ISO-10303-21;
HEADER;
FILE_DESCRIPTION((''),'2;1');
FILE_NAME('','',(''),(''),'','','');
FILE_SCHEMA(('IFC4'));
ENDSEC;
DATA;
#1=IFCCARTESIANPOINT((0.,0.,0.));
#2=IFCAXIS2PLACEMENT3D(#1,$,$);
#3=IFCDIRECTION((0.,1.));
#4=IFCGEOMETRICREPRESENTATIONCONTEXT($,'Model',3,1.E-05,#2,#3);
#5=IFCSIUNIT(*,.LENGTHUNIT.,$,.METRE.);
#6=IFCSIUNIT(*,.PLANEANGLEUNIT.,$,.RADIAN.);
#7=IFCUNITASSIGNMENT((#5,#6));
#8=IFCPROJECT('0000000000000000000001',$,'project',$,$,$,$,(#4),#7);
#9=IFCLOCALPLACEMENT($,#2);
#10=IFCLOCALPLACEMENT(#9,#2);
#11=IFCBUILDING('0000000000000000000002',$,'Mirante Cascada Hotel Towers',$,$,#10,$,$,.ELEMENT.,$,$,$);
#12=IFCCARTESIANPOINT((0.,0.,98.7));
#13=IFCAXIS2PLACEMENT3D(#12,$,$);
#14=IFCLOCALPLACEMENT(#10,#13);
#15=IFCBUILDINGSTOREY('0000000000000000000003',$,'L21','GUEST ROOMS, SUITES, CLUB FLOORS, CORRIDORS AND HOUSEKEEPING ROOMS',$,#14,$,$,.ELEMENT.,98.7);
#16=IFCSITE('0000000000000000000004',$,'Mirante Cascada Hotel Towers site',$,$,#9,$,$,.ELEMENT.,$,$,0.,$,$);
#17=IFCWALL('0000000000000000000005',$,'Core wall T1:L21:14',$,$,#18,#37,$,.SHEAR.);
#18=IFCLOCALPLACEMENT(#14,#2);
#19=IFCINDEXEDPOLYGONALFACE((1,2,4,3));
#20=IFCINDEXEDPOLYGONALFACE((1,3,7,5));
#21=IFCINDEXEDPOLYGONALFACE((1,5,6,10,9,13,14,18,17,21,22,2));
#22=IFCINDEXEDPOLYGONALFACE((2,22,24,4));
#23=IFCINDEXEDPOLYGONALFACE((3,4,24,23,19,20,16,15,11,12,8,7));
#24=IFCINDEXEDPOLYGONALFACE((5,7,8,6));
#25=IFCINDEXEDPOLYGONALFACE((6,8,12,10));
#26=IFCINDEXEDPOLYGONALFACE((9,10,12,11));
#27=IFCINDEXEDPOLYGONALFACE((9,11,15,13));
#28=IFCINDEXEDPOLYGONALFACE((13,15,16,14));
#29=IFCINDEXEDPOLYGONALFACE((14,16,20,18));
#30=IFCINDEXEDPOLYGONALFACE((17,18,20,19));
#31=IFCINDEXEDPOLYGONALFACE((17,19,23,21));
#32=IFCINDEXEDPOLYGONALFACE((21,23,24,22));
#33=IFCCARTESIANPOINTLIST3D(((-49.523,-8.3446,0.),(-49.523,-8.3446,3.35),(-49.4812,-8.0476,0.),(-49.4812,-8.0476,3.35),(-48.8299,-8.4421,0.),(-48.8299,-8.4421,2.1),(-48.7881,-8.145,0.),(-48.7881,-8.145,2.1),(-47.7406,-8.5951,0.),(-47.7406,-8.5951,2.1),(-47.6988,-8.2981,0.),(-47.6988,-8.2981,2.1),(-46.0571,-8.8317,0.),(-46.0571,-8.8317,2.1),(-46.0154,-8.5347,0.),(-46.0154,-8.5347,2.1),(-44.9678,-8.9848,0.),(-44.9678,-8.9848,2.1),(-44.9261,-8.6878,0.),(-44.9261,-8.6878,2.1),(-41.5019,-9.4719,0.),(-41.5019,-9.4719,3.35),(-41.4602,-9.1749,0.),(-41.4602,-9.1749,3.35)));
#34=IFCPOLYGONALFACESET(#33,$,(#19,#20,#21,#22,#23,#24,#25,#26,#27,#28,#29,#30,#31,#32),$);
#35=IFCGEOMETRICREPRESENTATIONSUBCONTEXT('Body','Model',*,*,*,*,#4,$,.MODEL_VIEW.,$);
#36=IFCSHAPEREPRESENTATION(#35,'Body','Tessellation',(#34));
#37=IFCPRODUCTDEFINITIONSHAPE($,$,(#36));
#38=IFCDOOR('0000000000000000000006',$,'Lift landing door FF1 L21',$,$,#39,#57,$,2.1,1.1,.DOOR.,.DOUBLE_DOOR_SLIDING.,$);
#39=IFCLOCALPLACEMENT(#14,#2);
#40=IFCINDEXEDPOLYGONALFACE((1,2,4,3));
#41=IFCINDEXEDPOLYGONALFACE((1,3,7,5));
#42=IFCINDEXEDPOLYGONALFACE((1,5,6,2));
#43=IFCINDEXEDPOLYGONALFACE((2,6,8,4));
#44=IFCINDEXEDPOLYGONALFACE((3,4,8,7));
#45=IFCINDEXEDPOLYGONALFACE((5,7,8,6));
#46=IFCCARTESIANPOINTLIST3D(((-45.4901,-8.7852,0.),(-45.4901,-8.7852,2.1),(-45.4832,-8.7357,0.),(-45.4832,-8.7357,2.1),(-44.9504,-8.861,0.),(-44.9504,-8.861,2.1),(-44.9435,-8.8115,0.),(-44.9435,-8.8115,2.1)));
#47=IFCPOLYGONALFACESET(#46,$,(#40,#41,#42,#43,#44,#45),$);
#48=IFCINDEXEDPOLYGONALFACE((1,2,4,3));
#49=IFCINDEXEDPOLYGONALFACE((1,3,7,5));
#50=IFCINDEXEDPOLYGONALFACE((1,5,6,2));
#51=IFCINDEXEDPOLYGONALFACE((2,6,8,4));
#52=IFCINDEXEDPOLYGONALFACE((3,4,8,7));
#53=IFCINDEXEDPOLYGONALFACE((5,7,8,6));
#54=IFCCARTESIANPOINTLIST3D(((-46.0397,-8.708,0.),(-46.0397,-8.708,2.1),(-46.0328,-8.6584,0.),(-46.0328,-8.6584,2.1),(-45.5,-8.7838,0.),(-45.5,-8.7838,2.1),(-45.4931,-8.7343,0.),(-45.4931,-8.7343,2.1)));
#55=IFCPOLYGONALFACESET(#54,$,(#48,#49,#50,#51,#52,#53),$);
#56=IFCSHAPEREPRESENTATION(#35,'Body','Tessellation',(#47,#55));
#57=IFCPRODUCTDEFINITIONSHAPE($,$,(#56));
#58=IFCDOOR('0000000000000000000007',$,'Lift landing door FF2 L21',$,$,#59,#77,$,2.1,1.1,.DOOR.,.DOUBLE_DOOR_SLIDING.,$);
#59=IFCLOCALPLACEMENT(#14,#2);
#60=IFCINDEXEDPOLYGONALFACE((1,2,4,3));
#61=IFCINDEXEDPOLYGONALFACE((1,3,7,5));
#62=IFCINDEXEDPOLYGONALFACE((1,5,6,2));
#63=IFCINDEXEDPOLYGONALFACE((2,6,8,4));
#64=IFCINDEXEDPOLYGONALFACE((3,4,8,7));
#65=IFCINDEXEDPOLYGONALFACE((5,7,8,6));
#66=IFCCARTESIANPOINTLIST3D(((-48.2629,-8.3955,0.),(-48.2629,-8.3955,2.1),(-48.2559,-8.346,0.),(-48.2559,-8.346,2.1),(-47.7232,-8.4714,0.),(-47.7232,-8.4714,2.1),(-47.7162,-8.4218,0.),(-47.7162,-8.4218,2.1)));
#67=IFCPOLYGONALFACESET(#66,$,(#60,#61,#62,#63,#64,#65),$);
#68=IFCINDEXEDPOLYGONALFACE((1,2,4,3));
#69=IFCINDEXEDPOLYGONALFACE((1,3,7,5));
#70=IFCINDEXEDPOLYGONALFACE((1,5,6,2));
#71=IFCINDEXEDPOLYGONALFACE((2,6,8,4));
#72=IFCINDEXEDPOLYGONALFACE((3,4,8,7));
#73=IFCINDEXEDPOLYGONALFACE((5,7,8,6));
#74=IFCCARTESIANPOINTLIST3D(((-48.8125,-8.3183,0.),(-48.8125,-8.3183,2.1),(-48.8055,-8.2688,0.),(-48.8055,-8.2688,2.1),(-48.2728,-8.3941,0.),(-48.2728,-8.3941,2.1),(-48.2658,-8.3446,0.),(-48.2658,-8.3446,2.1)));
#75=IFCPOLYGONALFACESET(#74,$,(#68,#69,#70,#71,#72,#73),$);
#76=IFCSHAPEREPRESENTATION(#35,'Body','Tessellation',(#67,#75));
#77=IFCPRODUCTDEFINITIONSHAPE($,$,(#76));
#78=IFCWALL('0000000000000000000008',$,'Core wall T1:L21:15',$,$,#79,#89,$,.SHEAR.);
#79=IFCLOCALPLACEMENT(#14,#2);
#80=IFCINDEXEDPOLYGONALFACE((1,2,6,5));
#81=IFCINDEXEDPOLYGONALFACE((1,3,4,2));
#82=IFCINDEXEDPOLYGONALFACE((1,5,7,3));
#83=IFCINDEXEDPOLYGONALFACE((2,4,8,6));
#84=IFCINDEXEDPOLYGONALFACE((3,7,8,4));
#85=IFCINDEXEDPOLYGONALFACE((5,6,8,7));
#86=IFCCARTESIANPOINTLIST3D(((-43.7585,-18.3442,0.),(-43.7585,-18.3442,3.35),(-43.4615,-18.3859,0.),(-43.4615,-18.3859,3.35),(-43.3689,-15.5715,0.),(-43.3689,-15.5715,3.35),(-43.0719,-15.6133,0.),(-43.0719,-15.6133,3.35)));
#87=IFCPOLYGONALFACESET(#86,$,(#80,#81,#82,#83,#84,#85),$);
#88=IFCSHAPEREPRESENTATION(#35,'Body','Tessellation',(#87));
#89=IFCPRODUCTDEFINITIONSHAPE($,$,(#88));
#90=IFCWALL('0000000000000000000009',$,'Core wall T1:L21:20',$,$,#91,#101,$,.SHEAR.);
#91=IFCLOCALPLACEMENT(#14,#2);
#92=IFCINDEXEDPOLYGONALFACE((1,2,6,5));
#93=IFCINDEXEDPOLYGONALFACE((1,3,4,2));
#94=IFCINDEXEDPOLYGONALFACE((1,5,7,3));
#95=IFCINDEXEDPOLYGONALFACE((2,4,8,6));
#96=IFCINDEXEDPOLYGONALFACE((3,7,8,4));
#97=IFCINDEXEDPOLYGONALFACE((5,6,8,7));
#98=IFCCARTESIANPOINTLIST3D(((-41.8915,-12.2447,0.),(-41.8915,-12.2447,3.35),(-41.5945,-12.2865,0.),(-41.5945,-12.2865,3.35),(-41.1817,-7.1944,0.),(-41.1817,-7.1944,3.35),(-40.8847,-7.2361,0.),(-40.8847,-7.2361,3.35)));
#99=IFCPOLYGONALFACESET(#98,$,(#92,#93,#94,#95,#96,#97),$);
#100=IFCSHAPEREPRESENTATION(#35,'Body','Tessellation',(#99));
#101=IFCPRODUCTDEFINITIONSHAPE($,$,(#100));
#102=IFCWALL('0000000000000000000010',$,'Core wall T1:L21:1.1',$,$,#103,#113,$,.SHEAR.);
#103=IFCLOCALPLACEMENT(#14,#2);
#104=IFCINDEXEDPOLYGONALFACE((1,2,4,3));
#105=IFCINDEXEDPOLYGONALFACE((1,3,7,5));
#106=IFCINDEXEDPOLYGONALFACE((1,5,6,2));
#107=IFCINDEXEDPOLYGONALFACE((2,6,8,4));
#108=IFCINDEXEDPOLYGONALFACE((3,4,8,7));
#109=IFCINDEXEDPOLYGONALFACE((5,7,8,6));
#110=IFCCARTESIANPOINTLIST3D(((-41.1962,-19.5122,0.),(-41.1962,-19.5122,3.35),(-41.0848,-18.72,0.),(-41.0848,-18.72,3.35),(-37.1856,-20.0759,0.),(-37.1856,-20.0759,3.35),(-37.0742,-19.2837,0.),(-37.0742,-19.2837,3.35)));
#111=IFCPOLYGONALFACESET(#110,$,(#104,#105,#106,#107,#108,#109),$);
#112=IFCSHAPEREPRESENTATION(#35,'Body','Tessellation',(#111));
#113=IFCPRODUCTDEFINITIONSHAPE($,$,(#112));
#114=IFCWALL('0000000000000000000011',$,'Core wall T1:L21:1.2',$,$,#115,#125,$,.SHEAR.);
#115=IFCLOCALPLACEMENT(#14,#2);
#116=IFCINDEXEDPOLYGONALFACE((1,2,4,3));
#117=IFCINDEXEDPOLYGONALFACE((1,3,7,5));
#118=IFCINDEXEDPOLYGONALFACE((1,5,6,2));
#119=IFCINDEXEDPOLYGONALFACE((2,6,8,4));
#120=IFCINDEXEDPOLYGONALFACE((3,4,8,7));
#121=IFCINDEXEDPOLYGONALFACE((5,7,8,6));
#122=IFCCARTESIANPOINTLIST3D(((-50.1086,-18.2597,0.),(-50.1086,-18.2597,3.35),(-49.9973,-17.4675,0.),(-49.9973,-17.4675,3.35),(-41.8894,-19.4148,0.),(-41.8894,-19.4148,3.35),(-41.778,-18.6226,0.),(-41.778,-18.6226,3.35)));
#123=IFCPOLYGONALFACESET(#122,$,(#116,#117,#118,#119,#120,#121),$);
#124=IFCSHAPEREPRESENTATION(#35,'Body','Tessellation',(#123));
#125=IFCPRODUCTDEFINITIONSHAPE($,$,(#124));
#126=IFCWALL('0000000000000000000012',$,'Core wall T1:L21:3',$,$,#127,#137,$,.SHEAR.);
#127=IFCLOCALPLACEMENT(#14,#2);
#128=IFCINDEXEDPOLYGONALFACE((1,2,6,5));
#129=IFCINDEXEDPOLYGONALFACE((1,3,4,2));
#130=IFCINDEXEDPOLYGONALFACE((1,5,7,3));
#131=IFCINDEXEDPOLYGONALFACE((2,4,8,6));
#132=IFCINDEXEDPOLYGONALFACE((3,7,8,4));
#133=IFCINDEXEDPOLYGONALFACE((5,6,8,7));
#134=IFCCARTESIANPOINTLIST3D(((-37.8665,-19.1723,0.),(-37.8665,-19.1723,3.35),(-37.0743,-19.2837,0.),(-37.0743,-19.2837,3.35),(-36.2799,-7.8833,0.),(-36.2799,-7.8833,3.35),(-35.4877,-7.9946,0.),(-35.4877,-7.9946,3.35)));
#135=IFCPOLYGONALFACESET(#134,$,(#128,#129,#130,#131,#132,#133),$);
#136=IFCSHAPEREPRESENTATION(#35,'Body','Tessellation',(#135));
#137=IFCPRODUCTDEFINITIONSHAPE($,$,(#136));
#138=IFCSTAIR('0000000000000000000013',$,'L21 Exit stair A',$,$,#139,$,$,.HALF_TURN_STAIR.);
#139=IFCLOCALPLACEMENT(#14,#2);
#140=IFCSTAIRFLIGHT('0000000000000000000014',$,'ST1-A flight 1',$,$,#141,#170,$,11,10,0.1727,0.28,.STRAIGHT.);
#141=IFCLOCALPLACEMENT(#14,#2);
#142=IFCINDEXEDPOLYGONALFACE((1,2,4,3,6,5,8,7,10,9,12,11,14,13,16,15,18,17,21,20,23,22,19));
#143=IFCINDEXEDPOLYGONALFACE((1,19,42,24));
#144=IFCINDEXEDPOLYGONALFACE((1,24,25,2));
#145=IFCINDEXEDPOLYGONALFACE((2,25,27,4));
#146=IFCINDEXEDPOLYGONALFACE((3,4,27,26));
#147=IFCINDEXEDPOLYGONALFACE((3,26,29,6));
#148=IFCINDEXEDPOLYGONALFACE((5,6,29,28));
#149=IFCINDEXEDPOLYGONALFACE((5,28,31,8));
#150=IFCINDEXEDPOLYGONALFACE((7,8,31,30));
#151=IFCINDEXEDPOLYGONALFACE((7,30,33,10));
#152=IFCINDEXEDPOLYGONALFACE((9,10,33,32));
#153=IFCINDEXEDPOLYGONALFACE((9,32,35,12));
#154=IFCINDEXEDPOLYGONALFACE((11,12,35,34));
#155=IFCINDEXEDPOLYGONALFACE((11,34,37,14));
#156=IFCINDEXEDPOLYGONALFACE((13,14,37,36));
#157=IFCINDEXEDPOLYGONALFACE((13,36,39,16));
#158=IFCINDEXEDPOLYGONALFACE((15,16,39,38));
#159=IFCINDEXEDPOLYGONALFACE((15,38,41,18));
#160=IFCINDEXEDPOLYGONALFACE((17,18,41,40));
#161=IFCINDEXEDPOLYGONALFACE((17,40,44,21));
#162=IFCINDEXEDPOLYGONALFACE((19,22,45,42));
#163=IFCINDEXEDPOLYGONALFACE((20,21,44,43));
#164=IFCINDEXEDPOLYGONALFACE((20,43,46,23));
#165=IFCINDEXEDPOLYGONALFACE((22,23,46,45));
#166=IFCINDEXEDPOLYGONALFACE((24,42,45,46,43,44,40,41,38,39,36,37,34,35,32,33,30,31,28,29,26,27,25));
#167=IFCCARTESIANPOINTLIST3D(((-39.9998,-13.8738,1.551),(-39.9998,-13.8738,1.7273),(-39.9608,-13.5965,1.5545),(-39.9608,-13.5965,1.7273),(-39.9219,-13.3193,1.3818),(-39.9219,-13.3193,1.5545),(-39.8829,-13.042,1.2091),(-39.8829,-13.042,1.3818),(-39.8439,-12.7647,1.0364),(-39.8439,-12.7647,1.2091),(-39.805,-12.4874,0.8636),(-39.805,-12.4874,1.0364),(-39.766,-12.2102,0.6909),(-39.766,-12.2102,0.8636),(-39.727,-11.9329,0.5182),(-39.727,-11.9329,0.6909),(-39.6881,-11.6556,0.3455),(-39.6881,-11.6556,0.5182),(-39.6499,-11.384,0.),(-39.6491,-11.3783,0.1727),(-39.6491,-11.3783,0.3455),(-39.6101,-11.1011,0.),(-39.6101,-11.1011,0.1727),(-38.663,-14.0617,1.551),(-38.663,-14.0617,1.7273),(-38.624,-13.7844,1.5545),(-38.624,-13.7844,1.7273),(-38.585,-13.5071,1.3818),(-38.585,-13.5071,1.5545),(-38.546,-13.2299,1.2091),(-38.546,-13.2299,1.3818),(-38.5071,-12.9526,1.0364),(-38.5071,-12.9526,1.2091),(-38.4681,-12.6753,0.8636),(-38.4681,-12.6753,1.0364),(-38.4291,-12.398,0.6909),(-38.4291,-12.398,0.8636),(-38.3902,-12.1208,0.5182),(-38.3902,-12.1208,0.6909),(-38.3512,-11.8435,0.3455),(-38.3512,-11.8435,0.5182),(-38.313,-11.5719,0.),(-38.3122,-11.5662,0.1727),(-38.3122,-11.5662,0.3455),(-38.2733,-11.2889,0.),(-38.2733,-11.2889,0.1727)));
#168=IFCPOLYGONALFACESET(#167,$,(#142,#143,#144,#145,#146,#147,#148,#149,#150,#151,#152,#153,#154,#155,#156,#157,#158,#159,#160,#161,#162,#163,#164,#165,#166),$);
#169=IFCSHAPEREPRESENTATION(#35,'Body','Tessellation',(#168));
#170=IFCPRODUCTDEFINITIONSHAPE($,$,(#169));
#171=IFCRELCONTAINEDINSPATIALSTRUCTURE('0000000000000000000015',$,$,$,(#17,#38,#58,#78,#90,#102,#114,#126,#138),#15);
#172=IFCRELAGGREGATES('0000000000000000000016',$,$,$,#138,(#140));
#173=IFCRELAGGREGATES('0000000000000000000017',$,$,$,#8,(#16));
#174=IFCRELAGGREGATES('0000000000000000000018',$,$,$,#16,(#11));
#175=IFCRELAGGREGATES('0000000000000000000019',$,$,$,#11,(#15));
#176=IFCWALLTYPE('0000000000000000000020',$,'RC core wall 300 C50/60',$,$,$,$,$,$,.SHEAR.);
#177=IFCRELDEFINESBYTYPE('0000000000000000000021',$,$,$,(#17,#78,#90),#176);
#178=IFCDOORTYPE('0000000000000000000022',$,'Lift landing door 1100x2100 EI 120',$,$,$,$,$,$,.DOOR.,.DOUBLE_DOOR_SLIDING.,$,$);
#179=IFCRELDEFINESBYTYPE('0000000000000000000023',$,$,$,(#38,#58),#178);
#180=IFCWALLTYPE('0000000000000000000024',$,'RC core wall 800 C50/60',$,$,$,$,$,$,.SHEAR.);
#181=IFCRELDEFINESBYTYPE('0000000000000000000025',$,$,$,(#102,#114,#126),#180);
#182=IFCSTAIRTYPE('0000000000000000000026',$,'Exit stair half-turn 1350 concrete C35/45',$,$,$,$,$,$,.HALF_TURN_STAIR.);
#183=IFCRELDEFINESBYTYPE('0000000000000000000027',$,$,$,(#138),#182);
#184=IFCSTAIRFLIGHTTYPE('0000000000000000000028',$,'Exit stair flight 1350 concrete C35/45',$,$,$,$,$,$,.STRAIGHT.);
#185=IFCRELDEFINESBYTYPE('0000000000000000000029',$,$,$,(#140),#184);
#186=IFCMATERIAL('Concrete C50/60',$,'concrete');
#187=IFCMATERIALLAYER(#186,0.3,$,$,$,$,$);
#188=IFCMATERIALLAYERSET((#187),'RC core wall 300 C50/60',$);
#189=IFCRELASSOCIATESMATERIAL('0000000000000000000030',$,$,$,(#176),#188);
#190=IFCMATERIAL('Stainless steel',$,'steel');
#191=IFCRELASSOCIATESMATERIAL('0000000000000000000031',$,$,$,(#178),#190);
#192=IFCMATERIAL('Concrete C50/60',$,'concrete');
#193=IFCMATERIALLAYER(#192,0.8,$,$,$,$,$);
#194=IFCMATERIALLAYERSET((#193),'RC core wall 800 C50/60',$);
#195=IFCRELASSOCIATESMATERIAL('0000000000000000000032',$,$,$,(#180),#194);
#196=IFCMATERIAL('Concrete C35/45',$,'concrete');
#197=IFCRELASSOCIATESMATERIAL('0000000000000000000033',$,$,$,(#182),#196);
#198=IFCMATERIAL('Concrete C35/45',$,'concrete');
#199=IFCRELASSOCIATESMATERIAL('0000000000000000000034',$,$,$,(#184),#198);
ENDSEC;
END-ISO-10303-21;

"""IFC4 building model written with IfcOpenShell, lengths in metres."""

from ifc_helpers import new_model, si_unit, direction, frame, frame_2d, origin, place, context, subcontext, project, spatial, polyline, rectangle, outline, extrude, material, layer, layer_set, type_object, element, fill, aggregate, save


model = new_model("IFC4")

# Units and contexts
model_context = context("Model", 3, precision=1e-05, world=origin(), true_north=direction((0.0, 1.0)))
body_context = subcontext(model_context, "Body", "Model", "MODEL_VIEW")
ifc_project = project(units=[si_unit("LENGTHUNIT", "METRE"), si_unit("PLANEANGLEUNIT", "RADIAN")], contexts=[model_context])

# Site, building, storey
site_placement = place(None, origin())
site = spatial("IfcSite", under=ifc_project, at=site_placement, Name="Mirante Cascada Hotel Towers site", CompositionType="ELEMENT", RefElevation=0.0)
building_placement = place(site_placement, origin())
building = spatial("IfcBuilding", under=site, at=building_placement, Name="Mirante Cascada Hotel Towers", CompositionType="ELEMENT")
storey_placement = place(building_placement, frame((0.0, 0.0, 98.7)))
storey = spatial("IfcBuildingStorey", under=building, at=storey_placement, Name="L21", Description="GUEST ROOMS, SUITES, CLUB FLOORS, CORRIDORS AND HOUSEKEEPING ROOMS", CompositionType="ELEMENT", Elevation=98.7)

# Shared definitions
ifc_material_1 = material(Name="Concrete C50/60", Category="concrete")
ifc_layer_1 = layer(ifc_material_1, 0.3)
ifc_layer_set_1 = layer_set([ifc_layer_1], Name="RC core wall 300 C50/60")
wall_type_1 = type_object("IfcWallType", Name="RC core wall 300 C50/60", PredefinedType="SHEAR", material=ifc_layer_set_1)

# Shared definitions
ifc_material_2 = material(Name="Stainless steel", Category="steel")
door_type_1 = type_object("IfcDoorType", Name="Lift landing door 1100x2100 EI 120", OperationType="DOUBLE_DOOR_SLIDING", PredefinedType="DOOR", material=ifc_material_2)

# Wall, openings, doors
wall_1_placement = place(storey_placement, frame((-41.481, -9.3234, 0.0), z_axis=(0.0, 0.0, 1.0), x_axis=(-0.990268, 0.139174, 0.0)))
wall_1 = element("IfcWall", 1, at=wall_1_placement, inside=storey, type_object=wall_type_1, Name="Core wall T1:L21:14", PredefinedType="SHEAR", context=body_context, shape_type="SweptSolid", body=[
    extrude(rectangle(XDim=8.0999, YDim=0.3, at=frame_2d((4.05, 0.0))), origin(), (0.0, 0.0, 1.0), 3.35),
])
opening_1_placement = place(wall_1_placement, frame((3.5, 0.0, 0.0)))
opening_1 = element("IfcOpeningElement", 2, at=opening_1_placement, cuts=wall_1, PredefinedType="OPENING", context=body_context, shape_type="SweptSolid", body=[
    extrude(rectangle(XDim=1.1, YDim=2.1, at=frame_2d((0.55, 1.05))), frame((0.0, 0.15, 0.0), z_axis=(0.0, -1.0, 0.0), x_axis=(1.0, 0.0, 0.0)), (0.0, 0.0, 1.0), 0.3),
])
opening_2_placement = place(wall_1_placement, frame((6.3, 0.0, 0.0)))
opening_2 = element("IfcOpeningElement", 3, at=opening_2_placement, cuts=wall_1, PredefinedType="OPENING", context=body_context, shape_type="SweptSolid", body=[
    extrude(rectangle(XDim=1.1, YDim=2.1, at=frame_2d((0.55, 1.05))), frame((0.0, 0.15, 0.0), z_axis=(0.0, -1.0, 0.0), x_axis=(1.0, 0.0, 0.0)), (0.0, 0.0, 1.0), 0.3),
])
door_1_placement = place(opening_1_placement, origin())
door_1 = element("IfcDoor", 4, at=door_1_placement, inside=storey, type_object=door_type_1, Name="Lift landing door FF1 L21", OperationType="DOUBLE_DOOR_SLIDING", OverallHeight=2.1, OverallWidth=1.1, PredefinedType="DOOR", context=body_context, shape_type="SweptSolid", body=[
    extrude(rectangle(XDim=0.545, YDim=2.1, at=frame_2d((0.2725, 1.05))), frame((0.0, 0.025, 0.0), z_axis=(0.0, -1.0, 0.0), x_axis=(1.0, 0.0, 0.0)), (0.0, 0.0, 1.0), 0.05),
    extrude(rectangle(XDim=0.545, YDim=2.1, at=frame_2d((0.8275, 1.05))), frame((0.0, 0.025, 0.0), z_axis=(0.0, -1.0, 0.0), x_axis=(1.0, 0.0, 0.0)), (0.0, 0.0, 1.0), 0.05),
])
fill(opening_1, door_1)
door_2_placement = place(opening_2_placement, origin())
door_2 = element("IfcDoor", 5, at=door_2_placement, inside=storey, type_object=door_type_1, Name="Lift landing door FF2 L21", OperationType="DOUBLE_DOOR_SLIDING", OverallHeight=2.1, OverallWidth=1.1, PredefinedType="DOOR", context=body_context, shape_type="SweptSolid", body=[
    extrude(rectangle(XDim=0.545, YDim=2.1, at=frame_2d((0.2725, 1.05))), frame((0.0, 0.025, 0.0), z_axis=(0.0, -1.0, 0.0), x_axis=(1.0, 0.0, 0.0)), (0.0, 0.0, 1.0), 0.05),
    extrude(rectangle(XDim=0.545, YDim=2.1, at=frame_2d((0.8275, 1.05))), frame((0.0, 0.025, 0.0), z_axis=(0.0, -1.0, 0.0), x_axis=(1.0, 0.0, 0.0)), (0.0, 0.0, 1.0), 0.05),
])
fill(opening_2, door_2)

# Walls
wall_2_placement = place(storey_placement, frame((-43.61, -18.3651, 0.0), z_axis=(0.0, 0.0, 1.0), x_axis=(0.139146, 0.990272, 0.0)))
element("IfcWall", 6, at=wall_2_placement, inside=storey, type_object=wall_type_1, Name="Core wall T1:L21:15", PredefinedType="SHEAR", context=body_context, shape_type="SweptSolid", body=[
    extrude(rectangle(XDim=2.7999, YDim=0.3, at=frame_2d((1.4, 0.0))), origin(), (0.0, 0.0, 1.0), 3.35),
])
wall_3_placement = place(storey_placement, frame((-41.743, -12.2656, 0.0), z_axis=(0.0, 0.0, 1.0), x_axis=(0.139176, 0.990268, 0.0)))
element("IfcWall", 7, at=wall_3_placement, inside=storey, type_object=wall_type_1, Name="Core wall T1:L21:20", PredefinedType="SHEAR", context=body_context, shape_type="SweptSolid", body=[
    extrude(rectangle(XDim=5.1, YDim=0.3, at=frame_2d((2.55, 0.0))), origin(), (0.0, 0.0, 1.0), 3.35),
])
ifc_material_3 = material(Name="Concrete C50/60", Category="concrete")
ifc_layer_2 = layer(ifc_material_3, 0.8)
ifc_layer_set_2 = layer_set([ifc_layer_2], Name="RC core wall 800 C50/60")
wall_type_2 = type_object("IfcWallType", Name="RC core wall 800 C50/60", PredefinedType="SHEAR", material=ifc_layer_set_2)
wall_4_placement = place(storey_placement, frame((-37.1299, -19.6798, 0.0), z_axis=(0.0, 0.0, 1.0), x_axis=(-0.990267, 0.139184, 0.0)))
element("IfcWall", 8, at=wall_4_placement, inside=storey, type_object=wall_type_2, Name="Core wall T1:L21:1.1", PredefinedType="SHEAR", context=body_context, shape_type="SweptSolid", body=[
    extrude(rectangle(XDim=4.05, YDim=0.8, at=frame_2d((2.025, 0.0))), origin(), (0.0, 0.0, 1.0), 3.35),
])
wall_5_placement = place(storey_placement, frame((-41.8337, -19.0187, 0.0), z_axis=(0.0, 0.0, 1.0), x_axis=(-0.990269, 0.139169, 0.0)))
element("IfcWall", 9, at=wall_5_placement, inside=storey, type_object=wall_type_2, Name="Core wall T1:L21:1.2", PredefinedType="SHEAR", context=body_context, shape_type="SweptSolid", body=[
    extrude(rectangle(XDim=8.3, YDim=0.8, at=frame_2d((4.15, 0.0))), origin(), (0.0, 0.0, 1.0), 3.35),
])
wall_6_placement = place(storey_placement, frame((-37.4704, -19.228, 0.0), z_axis=(0.0, 0.0, 1.0), x_axis=(0.139175, 0.990268, 0.0)))
element("IfcWall", 10, at=wall_6_placement, inside=storey, type_object=wall_type_2, Name="Core wall T1:L21:3", PredefinedType="SHEAR", context=body_context, shape_type="SweptSolid", body=[
    extrude(rectangle(XDim=11.4, YDim=0.8, at=frame_2d((5.7, 0.0))), origin(), (0.0, 0.0, 1.0), 3.35),
])

# Stair, stair flight
ifc_material_4 = material(Name="Concrete C35/45", Category="concrete")
stair_type = type_object("IfcStairType", Name="Exit stair half-turn 1350 concrete C35/45", PredefinedType="HALF_TURN_STAIR", material=ifc_material_4)
stair_placement = place(storey_placement, origin())
stair = element("IfcStair", 11, at=stair_placement, inside=storey, type_object=stair_type, Name="L21 Exit stair A", PredefinedType="HALF_TURN_STAIR")
ifc_material_5 = material(Name="Concrete C35/45", Category="concrete")
stair_flight_type = type_object("IfcStairFlightType", Name="Exit stair flight 1350 concrete C35/45", PredefinedType="STRAIGHT", material=ifc_material_5)
stair_flight_1_placement = place(storey_placement, frame((-38.9417, -11.195, 0.0), z_axis=(0.0, 0.0, 1.0), x_axis=(-0.139173, -0.990268, 0.0)))
stair_flight_1 = element("IfcStairFlight", 12, at=stair_flight_1_placement, type_object=stair_flight_type, Name="ST1-A flight 1", NumberOfRisers=11, NumberOfTreads=10, PredefinedType="STRAIGHT", RiserHeight=0.1727, TreadLength=0.28, context=body_context, shape_type="SweptSolid", body=[
    extrude(outline(polyline([(0.0, 0.0), (0.0, 0.1727), (0.28, 0.1727), (0.28, 0.3455), (0.56, 0.3455), (0.56, 0.5182), (0.84, 0.5182), (0.84, 0.6909), (1.12, 0.6909), (1.12, 0.8636), (1.4, 0.8636), (1.4, 1.0364), (1.68, 1.0364), (1.68, 1.2091), (1.96, 1.2091), (1.96, 1.3818), (2.24, 1.3818), (2.24, 1.5545), (2.52, 1.5545), (2.52, 1.7273), (2.8, 1.7273), (2.8, 1.9), (2.8, 1.551), (0.2857, 0.0), (0.0, 0.0)])), frame((0.0, 0.675, 0.0), z_axis=(0.0, -1.0, 0.0), x_axis=(1.0, 0.0, 0.0)), (0.0, 0.0, 1.0), 1.35),
])
aggregate(stair, [stair_flight_1])

save(model, "model.ifc")
